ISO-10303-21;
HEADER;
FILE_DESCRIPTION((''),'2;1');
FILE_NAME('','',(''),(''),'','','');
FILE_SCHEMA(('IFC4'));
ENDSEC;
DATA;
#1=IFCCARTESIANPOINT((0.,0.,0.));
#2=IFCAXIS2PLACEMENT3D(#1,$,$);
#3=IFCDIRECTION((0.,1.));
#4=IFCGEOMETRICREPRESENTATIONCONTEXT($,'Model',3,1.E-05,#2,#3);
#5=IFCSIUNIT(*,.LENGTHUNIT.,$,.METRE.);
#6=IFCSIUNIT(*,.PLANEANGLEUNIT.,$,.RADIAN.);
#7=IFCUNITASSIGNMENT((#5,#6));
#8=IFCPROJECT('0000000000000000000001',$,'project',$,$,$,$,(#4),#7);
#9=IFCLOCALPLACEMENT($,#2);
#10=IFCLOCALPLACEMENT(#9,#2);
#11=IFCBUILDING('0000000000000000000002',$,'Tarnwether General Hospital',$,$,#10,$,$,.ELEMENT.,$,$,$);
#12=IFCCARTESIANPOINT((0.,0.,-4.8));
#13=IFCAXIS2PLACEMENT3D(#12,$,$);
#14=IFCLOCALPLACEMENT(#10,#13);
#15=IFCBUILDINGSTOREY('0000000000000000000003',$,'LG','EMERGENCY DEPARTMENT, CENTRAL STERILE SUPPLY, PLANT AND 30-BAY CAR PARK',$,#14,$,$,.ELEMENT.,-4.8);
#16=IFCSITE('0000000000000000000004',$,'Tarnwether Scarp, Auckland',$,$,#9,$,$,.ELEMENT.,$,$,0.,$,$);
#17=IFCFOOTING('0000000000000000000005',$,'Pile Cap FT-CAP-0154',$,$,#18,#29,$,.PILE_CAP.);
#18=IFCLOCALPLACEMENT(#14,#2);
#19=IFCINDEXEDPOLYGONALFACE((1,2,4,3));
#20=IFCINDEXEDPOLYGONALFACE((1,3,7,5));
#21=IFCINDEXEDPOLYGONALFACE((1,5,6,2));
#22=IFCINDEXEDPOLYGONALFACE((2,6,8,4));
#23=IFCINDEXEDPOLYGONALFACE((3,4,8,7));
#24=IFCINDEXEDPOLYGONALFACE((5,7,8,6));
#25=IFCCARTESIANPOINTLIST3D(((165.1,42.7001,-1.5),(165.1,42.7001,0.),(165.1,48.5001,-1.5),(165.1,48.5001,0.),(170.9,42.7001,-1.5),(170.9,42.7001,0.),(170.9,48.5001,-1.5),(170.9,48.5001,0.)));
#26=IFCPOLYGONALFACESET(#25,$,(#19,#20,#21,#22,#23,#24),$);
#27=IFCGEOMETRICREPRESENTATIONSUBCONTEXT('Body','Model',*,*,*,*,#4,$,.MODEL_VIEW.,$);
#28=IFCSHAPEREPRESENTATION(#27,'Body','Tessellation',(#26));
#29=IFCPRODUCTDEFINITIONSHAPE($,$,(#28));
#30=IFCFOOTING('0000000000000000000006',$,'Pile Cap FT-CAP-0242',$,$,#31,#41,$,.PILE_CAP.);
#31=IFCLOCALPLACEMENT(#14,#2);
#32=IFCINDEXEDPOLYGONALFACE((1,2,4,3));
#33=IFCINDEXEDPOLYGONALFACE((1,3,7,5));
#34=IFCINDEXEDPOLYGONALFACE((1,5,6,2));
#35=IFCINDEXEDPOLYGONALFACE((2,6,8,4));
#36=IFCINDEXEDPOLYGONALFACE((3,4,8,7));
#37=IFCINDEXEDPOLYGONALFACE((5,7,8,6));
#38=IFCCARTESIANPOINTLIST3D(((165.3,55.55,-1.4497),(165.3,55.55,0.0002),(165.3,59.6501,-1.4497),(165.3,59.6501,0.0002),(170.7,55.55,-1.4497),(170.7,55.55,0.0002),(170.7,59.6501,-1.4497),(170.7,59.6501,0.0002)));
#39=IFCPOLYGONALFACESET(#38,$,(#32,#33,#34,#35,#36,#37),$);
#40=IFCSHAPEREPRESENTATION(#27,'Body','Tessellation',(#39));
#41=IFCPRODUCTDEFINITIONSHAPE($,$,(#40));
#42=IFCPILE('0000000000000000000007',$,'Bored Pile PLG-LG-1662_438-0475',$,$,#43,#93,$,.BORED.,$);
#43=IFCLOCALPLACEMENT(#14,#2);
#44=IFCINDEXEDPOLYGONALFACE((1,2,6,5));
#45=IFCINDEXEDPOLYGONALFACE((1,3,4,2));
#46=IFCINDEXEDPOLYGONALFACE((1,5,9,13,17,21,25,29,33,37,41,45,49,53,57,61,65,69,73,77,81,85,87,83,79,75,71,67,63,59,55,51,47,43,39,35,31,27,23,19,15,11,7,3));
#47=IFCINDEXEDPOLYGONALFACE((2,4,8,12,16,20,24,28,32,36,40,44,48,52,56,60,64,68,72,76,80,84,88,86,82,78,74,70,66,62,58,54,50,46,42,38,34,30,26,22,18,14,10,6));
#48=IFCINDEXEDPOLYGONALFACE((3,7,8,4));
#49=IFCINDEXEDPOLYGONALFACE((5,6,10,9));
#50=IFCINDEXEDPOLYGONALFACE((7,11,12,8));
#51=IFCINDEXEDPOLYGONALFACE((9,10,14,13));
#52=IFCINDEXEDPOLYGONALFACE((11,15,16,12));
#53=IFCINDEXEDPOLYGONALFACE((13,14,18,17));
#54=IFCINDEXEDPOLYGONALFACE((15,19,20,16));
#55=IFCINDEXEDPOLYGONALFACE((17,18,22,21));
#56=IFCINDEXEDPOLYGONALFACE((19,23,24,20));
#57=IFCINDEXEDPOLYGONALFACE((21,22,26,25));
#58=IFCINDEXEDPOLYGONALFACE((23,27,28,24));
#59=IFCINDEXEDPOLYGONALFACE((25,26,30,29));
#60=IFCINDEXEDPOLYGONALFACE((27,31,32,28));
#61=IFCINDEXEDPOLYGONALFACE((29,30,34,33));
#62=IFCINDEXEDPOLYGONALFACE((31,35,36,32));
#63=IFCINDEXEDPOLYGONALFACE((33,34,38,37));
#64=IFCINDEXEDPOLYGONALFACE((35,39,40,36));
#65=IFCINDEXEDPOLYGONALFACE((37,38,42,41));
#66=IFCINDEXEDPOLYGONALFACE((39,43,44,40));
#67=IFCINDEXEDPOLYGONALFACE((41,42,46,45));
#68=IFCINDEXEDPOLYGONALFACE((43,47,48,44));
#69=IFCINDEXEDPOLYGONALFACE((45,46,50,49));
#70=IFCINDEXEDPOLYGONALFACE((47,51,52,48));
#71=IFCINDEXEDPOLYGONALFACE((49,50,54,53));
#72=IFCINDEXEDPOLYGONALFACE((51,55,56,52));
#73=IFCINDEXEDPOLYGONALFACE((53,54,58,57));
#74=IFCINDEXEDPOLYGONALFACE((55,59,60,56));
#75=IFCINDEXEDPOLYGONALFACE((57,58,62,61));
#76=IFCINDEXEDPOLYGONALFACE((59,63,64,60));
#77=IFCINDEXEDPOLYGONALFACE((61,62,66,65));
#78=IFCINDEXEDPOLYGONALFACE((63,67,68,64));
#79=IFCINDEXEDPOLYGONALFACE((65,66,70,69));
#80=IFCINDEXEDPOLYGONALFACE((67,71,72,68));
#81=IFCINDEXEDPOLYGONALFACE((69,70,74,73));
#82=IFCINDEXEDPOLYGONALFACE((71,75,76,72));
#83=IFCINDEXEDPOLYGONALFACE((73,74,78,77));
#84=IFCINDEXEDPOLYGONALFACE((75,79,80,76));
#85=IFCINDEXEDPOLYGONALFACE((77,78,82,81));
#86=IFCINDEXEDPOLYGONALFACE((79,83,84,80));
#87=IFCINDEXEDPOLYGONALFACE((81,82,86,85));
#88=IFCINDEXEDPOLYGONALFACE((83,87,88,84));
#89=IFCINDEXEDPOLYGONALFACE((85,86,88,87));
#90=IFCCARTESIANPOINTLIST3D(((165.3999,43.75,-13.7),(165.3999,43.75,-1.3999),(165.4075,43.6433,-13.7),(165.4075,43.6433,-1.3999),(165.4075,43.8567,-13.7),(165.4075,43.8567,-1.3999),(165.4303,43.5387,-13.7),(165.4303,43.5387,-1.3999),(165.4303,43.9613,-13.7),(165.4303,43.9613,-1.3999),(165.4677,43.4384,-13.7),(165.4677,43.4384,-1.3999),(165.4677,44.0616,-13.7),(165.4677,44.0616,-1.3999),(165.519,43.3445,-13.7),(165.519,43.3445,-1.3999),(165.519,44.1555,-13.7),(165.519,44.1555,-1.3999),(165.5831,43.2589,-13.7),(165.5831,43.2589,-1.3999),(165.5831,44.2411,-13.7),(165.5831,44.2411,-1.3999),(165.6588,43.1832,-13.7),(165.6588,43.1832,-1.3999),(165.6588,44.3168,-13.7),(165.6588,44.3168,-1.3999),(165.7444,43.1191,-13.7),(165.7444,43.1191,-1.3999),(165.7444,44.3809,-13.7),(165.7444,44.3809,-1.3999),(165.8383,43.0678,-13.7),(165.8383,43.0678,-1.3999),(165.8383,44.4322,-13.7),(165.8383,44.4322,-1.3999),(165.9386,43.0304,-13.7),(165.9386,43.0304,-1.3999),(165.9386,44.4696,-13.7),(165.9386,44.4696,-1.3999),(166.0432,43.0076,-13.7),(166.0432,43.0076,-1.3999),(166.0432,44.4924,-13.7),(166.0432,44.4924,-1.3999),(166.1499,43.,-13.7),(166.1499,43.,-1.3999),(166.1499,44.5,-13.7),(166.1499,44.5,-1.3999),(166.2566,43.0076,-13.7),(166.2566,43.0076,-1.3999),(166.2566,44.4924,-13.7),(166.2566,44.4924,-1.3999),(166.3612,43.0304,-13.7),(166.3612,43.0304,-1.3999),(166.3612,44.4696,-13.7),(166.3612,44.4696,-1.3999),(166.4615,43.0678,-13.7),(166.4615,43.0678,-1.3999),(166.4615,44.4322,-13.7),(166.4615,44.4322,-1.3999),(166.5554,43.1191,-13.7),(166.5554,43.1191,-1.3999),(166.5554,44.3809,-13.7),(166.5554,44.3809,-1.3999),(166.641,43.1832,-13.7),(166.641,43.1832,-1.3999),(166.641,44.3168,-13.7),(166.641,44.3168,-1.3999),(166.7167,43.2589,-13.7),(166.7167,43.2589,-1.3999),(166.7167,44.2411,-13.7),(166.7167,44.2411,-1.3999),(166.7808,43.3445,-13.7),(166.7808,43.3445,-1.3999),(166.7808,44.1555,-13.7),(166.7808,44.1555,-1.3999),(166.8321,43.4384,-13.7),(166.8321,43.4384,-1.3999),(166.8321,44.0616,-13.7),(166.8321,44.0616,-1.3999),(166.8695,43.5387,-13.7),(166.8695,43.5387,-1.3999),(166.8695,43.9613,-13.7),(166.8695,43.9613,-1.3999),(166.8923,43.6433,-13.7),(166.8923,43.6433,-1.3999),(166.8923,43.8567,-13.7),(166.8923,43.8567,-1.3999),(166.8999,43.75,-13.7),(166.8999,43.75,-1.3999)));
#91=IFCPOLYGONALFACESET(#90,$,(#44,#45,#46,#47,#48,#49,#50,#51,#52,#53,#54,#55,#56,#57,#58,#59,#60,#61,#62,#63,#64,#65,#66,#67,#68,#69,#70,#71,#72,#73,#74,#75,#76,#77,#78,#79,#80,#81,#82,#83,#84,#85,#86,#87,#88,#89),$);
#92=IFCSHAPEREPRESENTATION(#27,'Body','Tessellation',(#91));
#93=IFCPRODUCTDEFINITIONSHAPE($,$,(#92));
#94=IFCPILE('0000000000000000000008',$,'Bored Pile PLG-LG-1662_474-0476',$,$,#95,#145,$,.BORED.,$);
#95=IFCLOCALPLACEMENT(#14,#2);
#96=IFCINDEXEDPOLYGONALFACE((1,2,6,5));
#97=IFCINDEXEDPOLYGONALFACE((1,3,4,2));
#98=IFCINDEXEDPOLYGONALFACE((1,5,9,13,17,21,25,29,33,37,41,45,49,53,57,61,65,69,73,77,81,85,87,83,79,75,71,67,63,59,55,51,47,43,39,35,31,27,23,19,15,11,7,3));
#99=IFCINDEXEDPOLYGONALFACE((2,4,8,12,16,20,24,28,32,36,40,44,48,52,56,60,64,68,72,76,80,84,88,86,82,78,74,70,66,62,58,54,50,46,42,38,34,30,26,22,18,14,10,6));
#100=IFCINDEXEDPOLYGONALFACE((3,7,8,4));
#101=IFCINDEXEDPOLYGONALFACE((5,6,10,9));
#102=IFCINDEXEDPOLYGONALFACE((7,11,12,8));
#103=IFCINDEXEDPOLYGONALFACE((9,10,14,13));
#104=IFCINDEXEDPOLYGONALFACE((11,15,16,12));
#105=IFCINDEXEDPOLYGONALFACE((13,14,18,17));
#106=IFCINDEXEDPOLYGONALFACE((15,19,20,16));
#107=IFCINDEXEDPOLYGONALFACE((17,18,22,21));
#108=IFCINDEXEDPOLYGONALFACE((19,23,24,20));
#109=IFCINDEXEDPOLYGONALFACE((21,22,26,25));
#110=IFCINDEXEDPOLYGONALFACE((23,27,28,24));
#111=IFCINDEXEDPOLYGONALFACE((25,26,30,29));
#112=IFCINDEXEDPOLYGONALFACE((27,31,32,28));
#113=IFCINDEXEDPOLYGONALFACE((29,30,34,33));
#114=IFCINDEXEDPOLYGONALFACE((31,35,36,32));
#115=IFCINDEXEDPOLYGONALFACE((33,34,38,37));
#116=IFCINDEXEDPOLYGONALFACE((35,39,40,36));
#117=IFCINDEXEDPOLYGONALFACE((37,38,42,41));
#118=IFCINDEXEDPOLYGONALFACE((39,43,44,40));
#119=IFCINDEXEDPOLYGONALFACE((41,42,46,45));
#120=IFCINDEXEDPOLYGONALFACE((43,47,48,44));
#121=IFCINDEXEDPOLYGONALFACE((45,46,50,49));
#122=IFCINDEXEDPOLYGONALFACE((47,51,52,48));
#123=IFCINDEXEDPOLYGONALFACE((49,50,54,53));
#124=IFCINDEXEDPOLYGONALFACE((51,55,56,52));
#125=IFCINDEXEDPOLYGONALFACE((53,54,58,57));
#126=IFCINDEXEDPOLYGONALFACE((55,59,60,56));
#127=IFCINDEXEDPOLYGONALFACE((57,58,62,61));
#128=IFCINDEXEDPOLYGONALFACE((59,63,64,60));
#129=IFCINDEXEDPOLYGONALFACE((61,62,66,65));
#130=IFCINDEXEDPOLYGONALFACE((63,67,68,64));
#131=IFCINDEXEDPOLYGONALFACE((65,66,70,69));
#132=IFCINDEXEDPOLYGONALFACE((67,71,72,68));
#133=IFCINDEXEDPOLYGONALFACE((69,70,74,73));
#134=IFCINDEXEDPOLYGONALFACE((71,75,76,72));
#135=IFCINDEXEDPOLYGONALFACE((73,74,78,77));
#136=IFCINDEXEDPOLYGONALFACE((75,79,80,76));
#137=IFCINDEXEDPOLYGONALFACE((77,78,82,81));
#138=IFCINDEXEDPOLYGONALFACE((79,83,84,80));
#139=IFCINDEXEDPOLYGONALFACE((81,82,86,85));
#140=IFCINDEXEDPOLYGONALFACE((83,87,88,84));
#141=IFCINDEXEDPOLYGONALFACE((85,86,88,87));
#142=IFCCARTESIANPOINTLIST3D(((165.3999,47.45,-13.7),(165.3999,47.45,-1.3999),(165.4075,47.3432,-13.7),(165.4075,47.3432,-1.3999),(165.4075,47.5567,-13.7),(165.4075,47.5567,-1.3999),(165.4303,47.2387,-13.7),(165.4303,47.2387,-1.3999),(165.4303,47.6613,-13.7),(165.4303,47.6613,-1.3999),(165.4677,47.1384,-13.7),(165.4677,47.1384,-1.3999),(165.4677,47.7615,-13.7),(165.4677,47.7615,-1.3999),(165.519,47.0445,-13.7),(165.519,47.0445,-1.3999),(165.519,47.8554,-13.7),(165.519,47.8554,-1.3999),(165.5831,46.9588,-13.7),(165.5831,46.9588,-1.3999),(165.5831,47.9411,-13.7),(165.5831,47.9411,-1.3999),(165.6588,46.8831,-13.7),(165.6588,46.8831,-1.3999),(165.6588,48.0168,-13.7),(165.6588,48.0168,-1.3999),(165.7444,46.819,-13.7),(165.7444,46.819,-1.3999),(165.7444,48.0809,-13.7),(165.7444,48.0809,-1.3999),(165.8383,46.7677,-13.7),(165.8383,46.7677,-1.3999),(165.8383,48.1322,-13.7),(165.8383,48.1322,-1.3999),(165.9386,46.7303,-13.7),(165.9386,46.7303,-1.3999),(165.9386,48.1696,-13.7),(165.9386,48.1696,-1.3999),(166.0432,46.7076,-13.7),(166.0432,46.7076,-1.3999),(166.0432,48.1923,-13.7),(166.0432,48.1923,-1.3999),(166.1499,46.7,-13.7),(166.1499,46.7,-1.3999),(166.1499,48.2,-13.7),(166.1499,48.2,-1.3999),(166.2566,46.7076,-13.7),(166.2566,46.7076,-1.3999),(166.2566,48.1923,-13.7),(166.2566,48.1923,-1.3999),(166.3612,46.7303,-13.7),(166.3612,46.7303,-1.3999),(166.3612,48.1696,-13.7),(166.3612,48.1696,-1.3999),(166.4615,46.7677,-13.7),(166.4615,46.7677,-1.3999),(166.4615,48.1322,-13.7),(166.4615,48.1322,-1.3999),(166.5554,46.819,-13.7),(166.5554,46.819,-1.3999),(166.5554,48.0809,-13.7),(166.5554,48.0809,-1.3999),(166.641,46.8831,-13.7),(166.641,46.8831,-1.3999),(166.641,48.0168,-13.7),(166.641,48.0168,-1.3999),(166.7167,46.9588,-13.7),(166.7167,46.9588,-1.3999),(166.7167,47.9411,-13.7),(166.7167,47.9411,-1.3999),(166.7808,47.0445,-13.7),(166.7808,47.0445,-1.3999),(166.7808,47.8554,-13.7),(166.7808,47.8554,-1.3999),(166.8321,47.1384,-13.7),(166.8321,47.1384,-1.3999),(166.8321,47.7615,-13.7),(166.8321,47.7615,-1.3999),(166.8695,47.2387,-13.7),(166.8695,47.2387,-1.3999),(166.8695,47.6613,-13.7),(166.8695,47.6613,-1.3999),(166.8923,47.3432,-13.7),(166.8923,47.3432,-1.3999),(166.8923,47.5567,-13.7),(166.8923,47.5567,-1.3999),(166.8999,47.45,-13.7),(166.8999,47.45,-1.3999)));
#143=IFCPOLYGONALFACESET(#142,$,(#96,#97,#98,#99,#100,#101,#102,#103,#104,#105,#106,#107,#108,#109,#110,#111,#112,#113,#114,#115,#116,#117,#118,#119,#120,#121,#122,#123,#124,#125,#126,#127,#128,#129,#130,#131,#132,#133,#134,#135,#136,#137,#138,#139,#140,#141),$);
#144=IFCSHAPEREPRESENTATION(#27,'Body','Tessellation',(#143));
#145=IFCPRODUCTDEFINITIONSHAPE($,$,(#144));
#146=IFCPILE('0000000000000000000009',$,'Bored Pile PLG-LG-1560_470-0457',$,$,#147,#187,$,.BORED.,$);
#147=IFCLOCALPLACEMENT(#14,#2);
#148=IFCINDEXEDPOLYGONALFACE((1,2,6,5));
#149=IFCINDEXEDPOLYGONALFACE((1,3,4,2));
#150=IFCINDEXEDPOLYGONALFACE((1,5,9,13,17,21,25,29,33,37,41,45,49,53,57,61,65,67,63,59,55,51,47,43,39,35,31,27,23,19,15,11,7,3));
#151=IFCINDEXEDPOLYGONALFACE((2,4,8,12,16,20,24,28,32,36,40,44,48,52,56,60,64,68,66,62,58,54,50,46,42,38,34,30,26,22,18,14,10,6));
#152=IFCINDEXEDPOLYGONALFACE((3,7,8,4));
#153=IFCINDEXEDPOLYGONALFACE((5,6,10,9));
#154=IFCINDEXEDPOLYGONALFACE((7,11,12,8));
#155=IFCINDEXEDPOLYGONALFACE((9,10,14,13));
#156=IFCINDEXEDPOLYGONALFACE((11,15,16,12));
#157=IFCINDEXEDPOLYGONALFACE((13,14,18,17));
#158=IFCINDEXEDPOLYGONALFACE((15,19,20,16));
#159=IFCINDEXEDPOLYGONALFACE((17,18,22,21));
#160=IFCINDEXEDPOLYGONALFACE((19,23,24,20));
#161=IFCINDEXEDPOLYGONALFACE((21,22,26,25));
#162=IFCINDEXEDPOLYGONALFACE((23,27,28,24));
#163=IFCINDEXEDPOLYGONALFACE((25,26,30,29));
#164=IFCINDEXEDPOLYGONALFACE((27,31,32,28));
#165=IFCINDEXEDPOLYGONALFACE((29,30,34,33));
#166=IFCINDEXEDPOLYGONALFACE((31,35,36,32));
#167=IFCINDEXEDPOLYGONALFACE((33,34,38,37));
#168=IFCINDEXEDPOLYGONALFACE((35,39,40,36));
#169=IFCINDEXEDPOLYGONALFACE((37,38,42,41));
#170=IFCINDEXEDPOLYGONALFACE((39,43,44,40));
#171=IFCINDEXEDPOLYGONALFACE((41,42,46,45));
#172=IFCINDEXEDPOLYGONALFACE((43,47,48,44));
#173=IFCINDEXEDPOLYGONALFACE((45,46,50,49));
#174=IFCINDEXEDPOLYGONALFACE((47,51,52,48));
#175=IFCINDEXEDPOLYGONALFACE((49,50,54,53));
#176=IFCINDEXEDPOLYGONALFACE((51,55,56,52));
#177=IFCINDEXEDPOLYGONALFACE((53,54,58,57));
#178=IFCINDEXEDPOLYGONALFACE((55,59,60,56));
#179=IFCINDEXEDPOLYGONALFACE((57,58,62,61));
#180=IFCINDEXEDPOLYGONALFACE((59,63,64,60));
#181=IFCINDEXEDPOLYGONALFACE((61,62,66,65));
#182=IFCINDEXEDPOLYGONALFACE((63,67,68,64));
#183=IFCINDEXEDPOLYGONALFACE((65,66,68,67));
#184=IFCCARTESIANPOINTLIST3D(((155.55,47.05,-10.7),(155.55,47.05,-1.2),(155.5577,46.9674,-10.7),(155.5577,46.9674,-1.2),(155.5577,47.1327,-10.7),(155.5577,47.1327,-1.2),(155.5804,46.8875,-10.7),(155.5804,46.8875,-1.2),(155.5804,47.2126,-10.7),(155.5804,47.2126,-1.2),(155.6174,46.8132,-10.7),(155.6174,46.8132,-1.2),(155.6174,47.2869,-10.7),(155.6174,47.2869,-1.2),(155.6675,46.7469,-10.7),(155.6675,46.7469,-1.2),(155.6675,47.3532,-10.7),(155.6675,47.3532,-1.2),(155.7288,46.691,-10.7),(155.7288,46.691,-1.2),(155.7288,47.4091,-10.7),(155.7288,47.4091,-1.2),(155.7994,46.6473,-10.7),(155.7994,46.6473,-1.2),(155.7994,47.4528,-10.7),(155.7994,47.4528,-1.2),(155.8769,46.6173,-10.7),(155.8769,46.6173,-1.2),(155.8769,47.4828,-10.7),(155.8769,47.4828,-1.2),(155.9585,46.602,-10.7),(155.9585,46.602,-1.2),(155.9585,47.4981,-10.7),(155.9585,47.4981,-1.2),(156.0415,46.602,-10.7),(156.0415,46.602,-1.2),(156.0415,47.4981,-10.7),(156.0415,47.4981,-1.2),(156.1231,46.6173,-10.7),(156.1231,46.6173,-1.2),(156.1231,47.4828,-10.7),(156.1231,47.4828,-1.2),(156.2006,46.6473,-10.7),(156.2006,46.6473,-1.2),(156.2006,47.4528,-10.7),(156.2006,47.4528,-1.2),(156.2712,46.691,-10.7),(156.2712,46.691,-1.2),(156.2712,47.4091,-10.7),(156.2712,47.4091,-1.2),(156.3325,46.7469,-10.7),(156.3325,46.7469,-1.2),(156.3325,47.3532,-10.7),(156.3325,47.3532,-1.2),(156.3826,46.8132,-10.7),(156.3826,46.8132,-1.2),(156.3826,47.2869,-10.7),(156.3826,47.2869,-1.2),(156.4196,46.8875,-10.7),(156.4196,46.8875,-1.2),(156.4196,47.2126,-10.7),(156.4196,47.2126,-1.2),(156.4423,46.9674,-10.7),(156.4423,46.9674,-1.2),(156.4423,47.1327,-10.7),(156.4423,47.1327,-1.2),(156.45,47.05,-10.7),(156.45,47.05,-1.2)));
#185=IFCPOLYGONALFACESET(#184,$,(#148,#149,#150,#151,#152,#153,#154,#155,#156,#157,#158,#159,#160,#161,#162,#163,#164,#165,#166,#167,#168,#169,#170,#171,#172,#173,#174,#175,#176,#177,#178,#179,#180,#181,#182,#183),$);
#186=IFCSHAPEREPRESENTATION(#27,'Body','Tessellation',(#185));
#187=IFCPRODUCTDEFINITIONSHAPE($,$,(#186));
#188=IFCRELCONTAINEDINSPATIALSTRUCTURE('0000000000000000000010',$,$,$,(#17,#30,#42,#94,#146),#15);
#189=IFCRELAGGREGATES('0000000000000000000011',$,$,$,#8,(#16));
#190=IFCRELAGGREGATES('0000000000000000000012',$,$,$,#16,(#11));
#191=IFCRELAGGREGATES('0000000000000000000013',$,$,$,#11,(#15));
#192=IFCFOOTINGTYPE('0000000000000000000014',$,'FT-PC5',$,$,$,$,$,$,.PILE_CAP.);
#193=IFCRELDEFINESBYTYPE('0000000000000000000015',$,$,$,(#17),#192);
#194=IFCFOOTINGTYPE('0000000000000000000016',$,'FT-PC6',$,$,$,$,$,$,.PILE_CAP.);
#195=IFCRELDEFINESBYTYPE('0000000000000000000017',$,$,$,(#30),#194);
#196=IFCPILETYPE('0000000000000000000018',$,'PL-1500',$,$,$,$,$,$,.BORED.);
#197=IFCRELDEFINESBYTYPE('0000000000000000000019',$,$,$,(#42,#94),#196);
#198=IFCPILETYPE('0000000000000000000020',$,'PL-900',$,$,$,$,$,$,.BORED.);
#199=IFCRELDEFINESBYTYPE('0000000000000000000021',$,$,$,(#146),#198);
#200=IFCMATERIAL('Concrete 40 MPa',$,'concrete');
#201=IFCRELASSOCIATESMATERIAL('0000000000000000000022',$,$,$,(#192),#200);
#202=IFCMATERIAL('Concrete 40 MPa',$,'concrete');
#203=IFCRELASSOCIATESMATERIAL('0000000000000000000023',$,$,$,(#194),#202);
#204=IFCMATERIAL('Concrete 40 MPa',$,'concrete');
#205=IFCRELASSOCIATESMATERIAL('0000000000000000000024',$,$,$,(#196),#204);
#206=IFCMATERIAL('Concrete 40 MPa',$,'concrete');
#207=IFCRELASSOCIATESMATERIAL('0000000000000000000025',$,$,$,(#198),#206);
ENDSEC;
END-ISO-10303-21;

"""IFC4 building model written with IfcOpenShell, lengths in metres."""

from ifc_helpers import new_model, si_unit, direction, frame, origin, origin_2d, place, context, subcontext, project, spatial, rectangle, circle, extrude, material, material_profile, profile_set, type_object, element, save


model = new_model("IFC4")

# Units and contexts
model_context = context("Model", 3, precision=1e-05, world=origin(), true_north=direction((0.0, 1.0)))
body_context = subcontext(model_context, "Body", "Model", "MODEL_VIEW")
ifc_project = project(units=[si_unit("LENGTHUNIT", "METRE"), si_unit("PLANEANGLEUNIT", "RADIAN")], contexts=[model_context])

# Site, building, storey
site_placement = place(None, origin())
site = spatial("IfcSite", under=ifc_project, at=site_placement, Name="Tarnwether Scarp, Auckland", CompositionType="ELEMENT", RefElevation=0.0)
building_placement = place(site_placement, origin())
building = spatial("IfcBuilding", under=site, at=building_placement, Name="Tarnwether General Hospital", CompositionType="ELEMENT")
storey_placement = place(building_placement, frame((0.0, 0.0, -4.8)))
storey = spatial("IfcBuildingStorey", under=building, at=storey_placement, Name="LG", Description="EMERGENCY DEPARTMENT, CENTRAL STERILE SUPPLY, PLANT AND 30-BAY CAR PARK", CompositionType="ELEMENT", Elevation=-4.8)

# Footings
ifc_material_1 = material(Name="Concrete 40 MPa", Category="concrete")
footing_type_1 = type_object("IfcFootingType", Name="FT-PC5", PredefinedType="PILE_CAP", material=ifc_material_1)
footing_1_placement = place(storey_placement, frame((168.0, 45.6001, -1.5), z_axis=(0.0, 0.0, 1.0), x_axis=(1.0, 0.0, 0.0)))
element("IfcFooting", 1, at=footing_1_placement, inside=storey, type_object=footing_type_1, Name="Pile Cap FT-CAP-0154", PredefinedType="PILE_CAP", context=body_context, shape_type="SweptSolid", body=[
    extrude(rectangle(XDim=5.8, YDim=5.8, at=origin_2d()), origin(), (0.0, 0.0, 1.0), 1.5),
])
ifc_material_2 = material(Name="Concrete 40 MPa", Category="concrete")
footing_type_2 = type_object("IfcFootingType", Name="FT-PC6", PredefinedType="PILE_CAP", material=ifc_material_2)
footing_2_placement = place(storey_placement, frame((168.0, 57.6001, -1.4497), z_axis=(0.0, 0.0, 1.0), x_axis=(1.0, 0.0, 0.0)))
element("IfcFooting", 2, at=footing_2_placement, inside=storey, type_object=footing_type_2, Name="Pile Cap FT-CAP-0242", PredefinedType="PILE_CAP", context=body_context, shape_type="SweptSolid", body=[
    extrude(rectangle(XDim=5.3999, YDim=4.1001, at=origin_2d()), origin(), (0.0, 0.0, 1.0), 1.45),
])

# Piles
ifc_material_3 = material(Name="Concrete 40 MPa", Category="concrete")
ifc_material_profile_1 = material_profile(ifc_material_3, circle(Radius=0.75, at=origin_2d()), Name="PILE-D1500")
ifc_profile_set_1 = profile_set([ifc_material_profile_1], Name="Concrete 40 MPa")
pile_type_1 = type_object("IfcPileType", Name="PL-1500", PredefinedType="BORED", material=ifc_profile_set_1)
for number, where, z_axis, x_axis, name in (
    (3, (166.1499, 43.75, -1.3999), (0.0, 0.0, -1.0), (1.0, 0.0, 0.0), "Bored Pile PLG-LG-1662_438-0475"),
    (4, (166.1499, 47.45, -1.3999), (0.0, 0.0, -1.0), (1.0, 0.0, 0.0), "Bored Pile PLG-LG-1662_474-0476"),
):
    element("IfcPile", number, at=place(storey_placement, frame(where, z_axis=z_axis, x_axis=x_axis)), inside=storey, type_object=pile_type_1, Name=name, PredefinedType="BORED", context=body_context, shape_type="SweptSolid", body=[
        extrude(circle(Radius=0.75, at=origin_2d()), origin(), (0.0, 0.0, 1.0), 12.3),
    ])
ifc_material_4 = material(Name="Concrete 40 MPa", Category="concrete")
ifc_material_profile_2 = material_profile(ifc_material_4, circle(Radius=0.45, at=origin_2d()), Name="PILE-D900")
ifc_profile_set_2 = profile_set([ifc_material_profile_2], Name="Concrete 40 MPa")
pile_type_2 = type_object("IfcPileType", Name="PL-900", PredefinedType="BORED", material=ifc_profile_set_2)
pile_placement = place(storey_placement, frame((156.0, 47.05, -1.2), z_axis=(0.0, 0.0, -1.0), x_axis=(1.0, 0.0, 0.0)))
element("IfcPile", 5, at=pile_placement, inside=storey, type_object=pile_type_2, Name="Bored Pile PLG-LG-1560_470-0457", PredefinedType="BORED", context=body_context, shape_type="SweptSolid", body=[
    extrude(circle(Radius=0.45, at=origin_2d()), origin(), (0.0, 0.0, 1.0), 9.5),
])

save(model, "model.ifc")
